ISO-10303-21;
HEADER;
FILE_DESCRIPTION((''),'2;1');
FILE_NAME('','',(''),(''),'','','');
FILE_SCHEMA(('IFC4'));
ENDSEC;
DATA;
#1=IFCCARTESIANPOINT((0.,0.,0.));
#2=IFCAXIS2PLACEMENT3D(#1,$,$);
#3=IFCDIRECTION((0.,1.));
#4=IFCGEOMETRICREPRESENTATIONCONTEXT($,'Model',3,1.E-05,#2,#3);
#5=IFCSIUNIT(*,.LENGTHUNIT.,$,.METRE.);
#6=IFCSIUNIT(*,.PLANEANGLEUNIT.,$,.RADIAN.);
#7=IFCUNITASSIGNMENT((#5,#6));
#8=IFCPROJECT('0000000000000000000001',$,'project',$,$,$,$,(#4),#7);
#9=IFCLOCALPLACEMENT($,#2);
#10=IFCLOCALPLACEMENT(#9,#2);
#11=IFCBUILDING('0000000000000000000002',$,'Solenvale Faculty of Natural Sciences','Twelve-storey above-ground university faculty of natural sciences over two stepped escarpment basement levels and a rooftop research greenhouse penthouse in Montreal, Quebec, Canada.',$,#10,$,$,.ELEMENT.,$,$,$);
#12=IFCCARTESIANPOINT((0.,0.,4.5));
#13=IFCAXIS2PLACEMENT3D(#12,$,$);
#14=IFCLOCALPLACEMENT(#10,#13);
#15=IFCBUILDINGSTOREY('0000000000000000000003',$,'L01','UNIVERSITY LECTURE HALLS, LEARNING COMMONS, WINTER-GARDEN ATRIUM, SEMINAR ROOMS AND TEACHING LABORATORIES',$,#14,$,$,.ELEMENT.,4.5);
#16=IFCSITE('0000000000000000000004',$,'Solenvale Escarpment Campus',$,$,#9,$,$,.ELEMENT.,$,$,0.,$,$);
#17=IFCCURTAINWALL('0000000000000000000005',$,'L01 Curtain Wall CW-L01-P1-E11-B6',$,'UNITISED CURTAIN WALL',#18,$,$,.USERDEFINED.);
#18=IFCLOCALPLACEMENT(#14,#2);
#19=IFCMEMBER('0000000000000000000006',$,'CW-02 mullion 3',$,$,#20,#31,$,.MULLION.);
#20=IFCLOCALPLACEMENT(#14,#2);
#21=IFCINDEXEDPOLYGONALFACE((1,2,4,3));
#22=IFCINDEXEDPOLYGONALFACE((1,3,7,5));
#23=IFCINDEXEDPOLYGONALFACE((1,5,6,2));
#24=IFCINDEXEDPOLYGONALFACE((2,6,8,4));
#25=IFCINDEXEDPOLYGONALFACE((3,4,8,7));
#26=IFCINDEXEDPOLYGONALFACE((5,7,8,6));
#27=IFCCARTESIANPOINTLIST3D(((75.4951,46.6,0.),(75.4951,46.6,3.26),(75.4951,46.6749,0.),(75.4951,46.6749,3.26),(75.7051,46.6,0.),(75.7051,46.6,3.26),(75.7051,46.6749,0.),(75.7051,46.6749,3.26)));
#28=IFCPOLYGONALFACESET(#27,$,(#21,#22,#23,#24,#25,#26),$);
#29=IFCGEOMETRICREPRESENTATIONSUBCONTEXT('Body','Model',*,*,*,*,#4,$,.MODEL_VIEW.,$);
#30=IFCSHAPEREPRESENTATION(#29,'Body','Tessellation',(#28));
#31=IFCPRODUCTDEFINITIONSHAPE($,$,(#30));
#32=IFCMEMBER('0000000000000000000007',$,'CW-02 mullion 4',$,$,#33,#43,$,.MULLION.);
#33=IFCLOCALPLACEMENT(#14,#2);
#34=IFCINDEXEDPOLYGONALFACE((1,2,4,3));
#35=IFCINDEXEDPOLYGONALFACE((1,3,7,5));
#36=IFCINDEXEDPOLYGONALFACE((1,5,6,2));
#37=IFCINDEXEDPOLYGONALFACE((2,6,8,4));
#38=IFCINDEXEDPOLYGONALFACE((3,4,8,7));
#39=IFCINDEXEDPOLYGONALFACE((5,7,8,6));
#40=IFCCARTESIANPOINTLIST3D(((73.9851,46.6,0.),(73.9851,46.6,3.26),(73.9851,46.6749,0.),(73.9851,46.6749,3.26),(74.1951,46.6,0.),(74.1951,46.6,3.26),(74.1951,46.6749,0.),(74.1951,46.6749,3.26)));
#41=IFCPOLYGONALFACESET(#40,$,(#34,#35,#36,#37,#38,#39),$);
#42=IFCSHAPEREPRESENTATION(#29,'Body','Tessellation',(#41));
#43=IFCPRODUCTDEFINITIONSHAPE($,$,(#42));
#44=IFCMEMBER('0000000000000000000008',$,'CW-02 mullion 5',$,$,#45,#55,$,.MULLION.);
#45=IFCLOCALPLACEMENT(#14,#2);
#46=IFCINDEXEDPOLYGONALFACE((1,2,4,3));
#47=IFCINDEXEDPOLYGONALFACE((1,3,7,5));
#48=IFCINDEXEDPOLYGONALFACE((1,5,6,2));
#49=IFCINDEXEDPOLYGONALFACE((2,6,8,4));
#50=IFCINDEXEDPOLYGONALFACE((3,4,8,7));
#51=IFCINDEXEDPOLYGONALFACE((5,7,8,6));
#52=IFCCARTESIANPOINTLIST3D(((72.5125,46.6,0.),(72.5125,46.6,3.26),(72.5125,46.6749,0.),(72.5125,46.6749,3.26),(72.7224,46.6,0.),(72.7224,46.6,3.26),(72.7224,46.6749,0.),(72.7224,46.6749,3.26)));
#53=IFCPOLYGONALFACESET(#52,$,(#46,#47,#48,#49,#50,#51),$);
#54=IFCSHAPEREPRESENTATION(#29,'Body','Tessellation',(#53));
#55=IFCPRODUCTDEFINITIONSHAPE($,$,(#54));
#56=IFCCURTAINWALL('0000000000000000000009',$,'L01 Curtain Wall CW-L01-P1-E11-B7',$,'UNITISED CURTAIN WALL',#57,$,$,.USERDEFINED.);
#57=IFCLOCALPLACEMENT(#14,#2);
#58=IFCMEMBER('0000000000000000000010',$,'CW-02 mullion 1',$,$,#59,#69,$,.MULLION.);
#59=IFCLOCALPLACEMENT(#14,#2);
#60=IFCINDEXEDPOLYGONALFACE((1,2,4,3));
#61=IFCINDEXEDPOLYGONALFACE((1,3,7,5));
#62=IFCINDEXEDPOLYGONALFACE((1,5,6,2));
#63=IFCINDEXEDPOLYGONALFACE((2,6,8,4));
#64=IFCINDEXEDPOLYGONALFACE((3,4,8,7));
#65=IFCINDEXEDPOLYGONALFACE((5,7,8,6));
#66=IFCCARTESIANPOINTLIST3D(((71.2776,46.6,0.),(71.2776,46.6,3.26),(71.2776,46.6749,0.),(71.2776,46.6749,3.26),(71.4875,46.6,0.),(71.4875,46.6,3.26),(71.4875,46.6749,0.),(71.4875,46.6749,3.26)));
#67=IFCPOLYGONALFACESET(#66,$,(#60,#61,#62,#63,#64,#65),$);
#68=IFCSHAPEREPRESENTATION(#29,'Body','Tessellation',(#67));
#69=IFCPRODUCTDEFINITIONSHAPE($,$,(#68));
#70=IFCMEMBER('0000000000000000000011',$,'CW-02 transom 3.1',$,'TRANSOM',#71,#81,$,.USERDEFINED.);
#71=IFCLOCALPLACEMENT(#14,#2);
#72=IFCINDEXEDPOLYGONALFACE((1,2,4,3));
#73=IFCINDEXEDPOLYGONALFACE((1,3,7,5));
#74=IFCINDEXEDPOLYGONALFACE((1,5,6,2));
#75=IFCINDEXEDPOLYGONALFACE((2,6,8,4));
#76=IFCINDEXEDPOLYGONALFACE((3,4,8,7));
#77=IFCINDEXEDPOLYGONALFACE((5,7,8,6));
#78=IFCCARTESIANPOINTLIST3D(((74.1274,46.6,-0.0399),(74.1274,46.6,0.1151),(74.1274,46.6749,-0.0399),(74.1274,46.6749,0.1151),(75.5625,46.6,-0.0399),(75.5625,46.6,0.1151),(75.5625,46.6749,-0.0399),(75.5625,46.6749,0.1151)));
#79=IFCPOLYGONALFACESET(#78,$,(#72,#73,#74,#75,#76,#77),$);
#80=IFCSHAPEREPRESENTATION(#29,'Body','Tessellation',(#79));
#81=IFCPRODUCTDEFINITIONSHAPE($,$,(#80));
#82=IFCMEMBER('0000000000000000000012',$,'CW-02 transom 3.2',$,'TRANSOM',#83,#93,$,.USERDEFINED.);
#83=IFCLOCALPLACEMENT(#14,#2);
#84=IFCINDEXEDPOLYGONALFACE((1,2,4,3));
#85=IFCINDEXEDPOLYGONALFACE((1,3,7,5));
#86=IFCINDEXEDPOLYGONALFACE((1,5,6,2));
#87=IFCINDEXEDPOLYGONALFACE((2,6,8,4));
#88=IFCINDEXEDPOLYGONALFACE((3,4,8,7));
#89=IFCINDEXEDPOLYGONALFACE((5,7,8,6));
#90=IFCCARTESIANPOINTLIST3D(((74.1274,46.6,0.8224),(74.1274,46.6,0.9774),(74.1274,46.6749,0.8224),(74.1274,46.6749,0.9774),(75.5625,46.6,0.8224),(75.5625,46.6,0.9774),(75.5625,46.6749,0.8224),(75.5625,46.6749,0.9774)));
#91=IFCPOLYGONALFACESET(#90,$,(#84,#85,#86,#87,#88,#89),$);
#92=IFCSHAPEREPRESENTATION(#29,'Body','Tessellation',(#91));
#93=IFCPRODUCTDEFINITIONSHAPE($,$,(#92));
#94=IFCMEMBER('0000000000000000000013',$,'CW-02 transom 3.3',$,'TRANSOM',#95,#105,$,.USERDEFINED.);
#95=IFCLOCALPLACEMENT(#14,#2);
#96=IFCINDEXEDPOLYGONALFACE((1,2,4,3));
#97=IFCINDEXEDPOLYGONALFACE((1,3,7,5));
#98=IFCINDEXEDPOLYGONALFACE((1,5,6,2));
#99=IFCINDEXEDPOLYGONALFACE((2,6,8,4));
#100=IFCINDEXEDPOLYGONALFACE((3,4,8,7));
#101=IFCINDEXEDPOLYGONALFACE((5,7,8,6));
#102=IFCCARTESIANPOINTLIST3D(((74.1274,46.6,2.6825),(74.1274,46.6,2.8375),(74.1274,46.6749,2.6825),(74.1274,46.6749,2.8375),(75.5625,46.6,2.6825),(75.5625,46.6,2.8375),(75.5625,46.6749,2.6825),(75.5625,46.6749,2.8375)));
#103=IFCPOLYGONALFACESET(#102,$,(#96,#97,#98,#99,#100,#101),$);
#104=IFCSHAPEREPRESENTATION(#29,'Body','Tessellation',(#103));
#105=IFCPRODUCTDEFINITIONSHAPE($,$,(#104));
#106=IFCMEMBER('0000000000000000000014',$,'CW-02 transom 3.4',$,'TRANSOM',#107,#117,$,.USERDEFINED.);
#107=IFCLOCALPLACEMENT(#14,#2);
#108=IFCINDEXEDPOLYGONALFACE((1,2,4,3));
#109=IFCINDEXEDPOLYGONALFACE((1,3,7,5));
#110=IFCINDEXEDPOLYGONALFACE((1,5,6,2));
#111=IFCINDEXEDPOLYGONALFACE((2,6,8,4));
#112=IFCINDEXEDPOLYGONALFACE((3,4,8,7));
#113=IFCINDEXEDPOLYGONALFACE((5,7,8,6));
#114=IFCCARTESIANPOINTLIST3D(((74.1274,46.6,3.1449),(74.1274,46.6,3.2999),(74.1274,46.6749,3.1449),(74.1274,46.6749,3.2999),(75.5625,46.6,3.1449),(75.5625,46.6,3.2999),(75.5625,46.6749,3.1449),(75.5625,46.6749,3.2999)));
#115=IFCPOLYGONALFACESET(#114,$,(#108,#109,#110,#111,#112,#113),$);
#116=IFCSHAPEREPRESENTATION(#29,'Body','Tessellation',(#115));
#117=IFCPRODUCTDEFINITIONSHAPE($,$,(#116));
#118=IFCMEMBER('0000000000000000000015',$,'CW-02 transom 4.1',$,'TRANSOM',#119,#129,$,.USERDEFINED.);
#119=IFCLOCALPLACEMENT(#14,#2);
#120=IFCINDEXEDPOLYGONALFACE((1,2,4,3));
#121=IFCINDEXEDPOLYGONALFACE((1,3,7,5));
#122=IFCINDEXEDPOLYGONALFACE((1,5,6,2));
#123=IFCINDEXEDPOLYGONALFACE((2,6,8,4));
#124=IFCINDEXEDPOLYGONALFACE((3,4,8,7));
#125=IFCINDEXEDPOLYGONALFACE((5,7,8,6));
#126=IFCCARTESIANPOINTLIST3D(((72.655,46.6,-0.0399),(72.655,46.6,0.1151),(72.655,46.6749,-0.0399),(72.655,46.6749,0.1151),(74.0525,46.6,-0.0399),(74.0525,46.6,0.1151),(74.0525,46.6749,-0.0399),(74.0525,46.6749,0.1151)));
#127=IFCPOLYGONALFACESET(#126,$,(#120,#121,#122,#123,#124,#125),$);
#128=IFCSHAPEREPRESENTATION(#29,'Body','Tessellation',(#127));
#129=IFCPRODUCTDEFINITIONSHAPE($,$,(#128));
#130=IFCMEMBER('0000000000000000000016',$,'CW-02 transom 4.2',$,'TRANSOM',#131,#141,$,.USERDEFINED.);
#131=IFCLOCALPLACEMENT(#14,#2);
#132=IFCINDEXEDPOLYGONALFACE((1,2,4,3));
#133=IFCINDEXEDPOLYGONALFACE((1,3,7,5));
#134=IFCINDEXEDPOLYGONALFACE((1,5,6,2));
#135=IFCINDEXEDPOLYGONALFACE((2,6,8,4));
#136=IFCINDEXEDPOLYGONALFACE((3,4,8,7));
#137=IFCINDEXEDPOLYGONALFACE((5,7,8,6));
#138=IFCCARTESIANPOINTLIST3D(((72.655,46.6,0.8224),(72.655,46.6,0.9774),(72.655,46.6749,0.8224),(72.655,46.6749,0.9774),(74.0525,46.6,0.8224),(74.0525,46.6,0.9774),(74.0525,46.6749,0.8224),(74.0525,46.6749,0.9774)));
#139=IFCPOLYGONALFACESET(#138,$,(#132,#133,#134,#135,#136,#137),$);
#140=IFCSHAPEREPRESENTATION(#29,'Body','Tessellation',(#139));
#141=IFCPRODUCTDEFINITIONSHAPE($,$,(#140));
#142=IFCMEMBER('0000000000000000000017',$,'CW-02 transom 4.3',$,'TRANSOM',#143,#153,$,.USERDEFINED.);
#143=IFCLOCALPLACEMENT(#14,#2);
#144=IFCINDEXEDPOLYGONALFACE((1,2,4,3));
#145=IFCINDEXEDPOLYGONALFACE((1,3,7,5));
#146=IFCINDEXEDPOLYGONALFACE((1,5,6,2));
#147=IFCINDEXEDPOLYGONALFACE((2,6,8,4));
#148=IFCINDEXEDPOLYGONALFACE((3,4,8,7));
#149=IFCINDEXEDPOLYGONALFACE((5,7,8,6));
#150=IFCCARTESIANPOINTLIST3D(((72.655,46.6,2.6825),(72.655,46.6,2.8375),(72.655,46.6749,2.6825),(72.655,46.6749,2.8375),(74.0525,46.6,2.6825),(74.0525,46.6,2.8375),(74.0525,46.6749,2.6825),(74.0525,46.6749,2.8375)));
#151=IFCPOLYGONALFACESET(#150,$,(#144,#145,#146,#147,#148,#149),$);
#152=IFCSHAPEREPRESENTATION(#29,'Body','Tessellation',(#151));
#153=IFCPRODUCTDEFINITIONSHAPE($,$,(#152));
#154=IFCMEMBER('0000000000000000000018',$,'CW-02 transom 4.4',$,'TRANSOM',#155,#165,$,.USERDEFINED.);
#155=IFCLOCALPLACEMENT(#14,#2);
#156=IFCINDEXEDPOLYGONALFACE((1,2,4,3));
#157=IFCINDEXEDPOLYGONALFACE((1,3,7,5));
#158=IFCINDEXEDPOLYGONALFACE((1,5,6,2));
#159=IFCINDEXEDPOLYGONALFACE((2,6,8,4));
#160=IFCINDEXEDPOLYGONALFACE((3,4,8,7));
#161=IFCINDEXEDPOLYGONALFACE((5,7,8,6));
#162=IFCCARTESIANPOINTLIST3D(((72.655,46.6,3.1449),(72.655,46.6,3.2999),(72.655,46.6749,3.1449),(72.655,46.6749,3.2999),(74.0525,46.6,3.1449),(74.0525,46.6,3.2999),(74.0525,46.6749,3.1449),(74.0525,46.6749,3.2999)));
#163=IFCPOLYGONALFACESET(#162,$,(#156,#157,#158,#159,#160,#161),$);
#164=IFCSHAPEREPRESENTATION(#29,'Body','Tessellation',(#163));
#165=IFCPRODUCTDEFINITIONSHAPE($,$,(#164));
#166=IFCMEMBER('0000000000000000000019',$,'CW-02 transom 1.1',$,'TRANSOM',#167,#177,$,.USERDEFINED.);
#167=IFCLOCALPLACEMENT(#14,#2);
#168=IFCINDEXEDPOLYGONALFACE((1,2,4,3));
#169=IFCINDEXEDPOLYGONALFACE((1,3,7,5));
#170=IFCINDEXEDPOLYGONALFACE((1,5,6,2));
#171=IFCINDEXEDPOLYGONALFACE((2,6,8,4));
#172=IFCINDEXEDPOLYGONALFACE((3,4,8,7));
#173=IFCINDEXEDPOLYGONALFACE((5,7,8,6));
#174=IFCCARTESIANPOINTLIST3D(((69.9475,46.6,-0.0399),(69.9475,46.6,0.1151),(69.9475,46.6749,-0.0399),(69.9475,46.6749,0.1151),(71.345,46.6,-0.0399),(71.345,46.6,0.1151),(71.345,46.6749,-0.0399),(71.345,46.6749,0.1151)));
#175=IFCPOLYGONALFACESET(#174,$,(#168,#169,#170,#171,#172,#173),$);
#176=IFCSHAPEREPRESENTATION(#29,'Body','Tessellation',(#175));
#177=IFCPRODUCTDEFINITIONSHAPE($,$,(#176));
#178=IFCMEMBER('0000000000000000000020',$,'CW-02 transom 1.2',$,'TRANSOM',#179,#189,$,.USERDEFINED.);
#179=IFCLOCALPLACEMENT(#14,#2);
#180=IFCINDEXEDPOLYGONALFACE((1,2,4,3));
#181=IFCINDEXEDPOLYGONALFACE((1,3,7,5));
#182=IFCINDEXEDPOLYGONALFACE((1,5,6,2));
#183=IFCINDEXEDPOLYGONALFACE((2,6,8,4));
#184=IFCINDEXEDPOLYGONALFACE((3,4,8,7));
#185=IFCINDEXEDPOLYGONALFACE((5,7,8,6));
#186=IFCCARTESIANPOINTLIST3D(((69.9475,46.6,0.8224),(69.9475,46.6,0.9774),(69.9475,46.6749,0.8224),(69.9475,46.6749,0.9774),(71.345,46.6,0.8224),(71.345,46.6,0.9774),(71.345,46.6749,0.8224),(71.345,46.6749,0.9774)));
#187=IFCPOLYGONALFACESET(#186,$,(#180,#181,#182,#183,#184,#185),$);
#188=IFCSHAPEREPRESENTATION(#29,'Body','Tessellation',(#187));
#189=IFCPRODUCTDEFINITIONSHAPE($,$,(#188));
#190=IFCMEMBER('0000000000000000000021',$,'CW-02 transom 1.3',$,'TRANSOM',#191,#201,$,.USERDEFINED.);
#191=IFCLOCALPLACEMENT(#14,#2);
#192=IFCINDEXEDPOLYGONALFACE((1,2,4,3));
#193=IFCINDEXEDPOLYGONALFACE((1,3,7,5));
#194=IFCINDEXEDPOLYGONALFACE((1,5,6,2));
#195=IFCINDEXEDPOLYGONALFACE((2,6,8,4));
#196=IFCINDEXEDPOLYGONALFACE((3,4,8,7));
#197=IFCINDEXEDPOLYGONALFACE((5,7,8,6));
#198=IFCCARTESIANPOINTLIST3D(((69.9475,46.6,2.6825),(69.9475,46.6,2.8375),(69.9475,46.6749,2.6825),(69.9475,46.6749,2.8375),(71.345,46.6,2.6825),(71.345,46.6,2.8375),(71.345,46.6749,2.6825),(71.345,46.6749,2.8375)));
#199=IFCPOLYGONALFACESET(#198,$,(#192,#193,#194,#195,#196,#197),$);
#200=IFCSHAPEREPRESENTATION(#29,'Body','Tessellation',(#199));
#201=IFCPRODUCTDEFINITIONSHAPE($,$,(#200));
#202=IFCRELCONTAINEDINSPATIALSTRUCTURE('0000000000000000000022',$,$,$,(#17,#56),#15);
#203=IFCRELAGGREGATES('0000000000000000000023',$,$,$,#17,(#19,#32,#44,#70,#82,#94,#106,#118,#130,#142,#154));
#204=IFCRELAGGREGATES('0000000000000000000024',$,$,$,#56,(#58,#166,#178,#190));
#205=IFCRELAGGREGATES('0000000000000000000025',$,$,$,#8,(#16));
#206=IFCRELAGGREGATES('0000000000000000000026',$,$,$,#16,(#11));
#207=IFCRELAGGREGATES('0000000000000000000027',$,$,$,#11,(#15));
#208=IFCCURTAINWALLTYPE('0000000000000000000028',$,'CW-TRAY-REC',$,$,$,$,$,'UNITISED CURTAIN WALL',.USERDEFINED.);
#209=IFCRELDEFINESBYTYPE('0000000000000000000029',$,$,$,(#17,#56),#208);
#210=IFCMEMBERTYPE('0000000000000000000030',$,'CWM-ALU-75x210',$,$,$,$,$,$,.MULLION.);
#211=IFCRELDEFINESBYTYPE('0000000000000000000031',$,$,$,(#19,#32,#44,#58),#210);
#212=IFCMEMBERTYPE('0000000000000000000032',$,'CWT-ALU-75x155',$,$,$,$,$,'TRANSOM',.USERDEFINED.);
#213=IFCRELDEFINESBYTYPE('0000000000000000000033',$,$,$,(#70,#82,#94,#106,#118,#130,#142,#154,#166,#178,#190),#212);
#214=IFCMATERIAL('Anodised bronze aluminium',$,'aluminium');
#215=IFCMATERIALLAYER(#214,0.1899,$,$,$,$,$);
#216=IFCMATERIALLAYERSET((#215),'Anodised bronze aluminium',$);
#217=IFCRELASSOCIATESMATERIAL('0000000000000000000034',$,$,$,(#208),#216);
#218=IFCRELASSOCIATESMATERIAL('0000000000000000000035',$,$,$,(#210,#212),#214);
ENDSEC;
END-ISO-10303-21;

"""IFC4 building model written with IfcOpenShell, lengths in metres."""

from ifc_helpers import new_model, si_unit, direction, frame, origin, origin_2d, place, context, subcontext, project, spatial, rectangle, extrude, material, layer, layer_set, material_profile, profile_set, type_object, element, aggregate, save


model = new_model("IFC4")

# Units and contexts
model_context = context("Model", 3, precision=1e-05, world=origin(), true_north=direction((0.0, 1.0)))
body_context = subcontext(model_context, "Body", "Model", "MODEL_VIEW")
ifc_project = project(units=[si_unit("LENGTHUNIT", "METRE"), si_unit("PLANEANGLEUNIT", "RADIAN")], contexts=[model_context])

# Site, building, storey
site_placement = place(None, origin())
site = spatial("IfcSite", under=ifc_project, at=site_placement, Name="Solenvale Escarpment Campus", CompositionType="ELEMENT", RefElevation=0.0)
building_placement = place(site_placement, origin())
building = spatial("IfcBuilding", under=site, at=building_placement, Name="Solenvale Faculty of Natural Sciences", Description="Twelve-storey above-ground university faculty of natural sciences over two stepped escarpment basement levels and a rooftop research greenhouse penthouse in Montreal, Quebec, Canada.", CompositionType="ELEMENT")
storey_placement = place(building_placement, frame((0.0, 0.0, 4.5)))
storey = spatial("IfcBuildingStorey", under=building, at=storey_placement, Name="L01", Description="UNIVERSITY LECTURE HALLS, LEARNING COMMONS, WINTER-GARDEN ATRIUM, SEMINAR ROOMS AND TEACHING LABORATORIES", CompositionType="ELEMENT", Elevation=4.5)

# Curtain wall, members
ifc_material_1 = material(Name="Anodised bronze aluminium", Category="aluminium")
ifc_layer_1 = layer(ifc_material_1, 0.1899)
ifc_layer_set_1 = layer_set([ifc_layer_1], Name="Anodised bronze aluminium")
curtain_wall_type = type_object("IfcCurtainWallType", Name="CW-TRAY-REC", ElementType="UNITISED CURTAIN WALL", PredefinedType="USERDEFINED", material=ifc_layer_set_1)
curtain_wall_1_placement = place(storey_placement, origin())
curtain_wall_1 = element("IfcCurtainWall", 1, at=curtain_wall_1_placement, inside=storey, type_object=curtain_wall_type, Name="L01 Curtain Wall CW-L01-P1-E11-B6", ObjectType="UNITISED CURTAIN WALL", PredefinedType="USERDEFINED")
ifc_material_profile_1 = material_profile(ifc_material_1, rectangle(XDim=0.075, YDim=0.21, at=origin_2d()), Name="ALU-MUL-75x210")
ifc_profile_set_1 = profile_set([ifc_material_profile_1], Name="Anodised bronze aluminium")
member_type_1 = type_object("IfcMemberType", Name="CWM-ALU-75x210", PredefinedType="MULLION", material=ifc_profile_set_1)
member_1_placement = place(storey_placement, frame((75.6001, 46.6375, 0.0), z_axis=(0.0, 0.0, 1.0), x_axis=(0.0, -1.0, 0.0)))
member_1 = element("IfcMember", 2, at=member_1_placement, type_object=member_type_1, Name="CW-02 mullion 3", PredefinedType="MULLION", context=body_context, shape_type="SweptSolid", body=[
    extrude(rectangle(XDim=0.075, YDim=0.21, at=origin_2d()), origin(), (0.0, 0.0, 1.0), 3.26),
])
member_2_placement = place(storey_placement, frame((74.0901, 46.6375, 0.0), z_axis=(0.0, 0.0, 1.0), x_axis=(0.0, -1.0, 0.0)))
member_2 = element("IfcMember", 3, at=member_2_placement, type_object=member_type_1, Name="CW-02 mullion 4", PredefinedType="MULLION", context=body_context, shape_type="SweptSolid", body=[
    extrude(rectangle(XDim=0.075, YDim=0.21, at=origin_2d()), origin(), (0.0, 0.0, 1.0), 3.26),
])
member_3_placement = place(storey_placement, frame((72.6174, 46.6375, 0.0), z_axis=(0.0, 0.0, 1.0), x_axis=(0.0, -1.0, 0.0)))
member_3 = element("IfcMember", 4, at=member_3_placement, type_object=member_type_1, Name="CW-02 mullion 5", PredefinedType="MULLION", context=body_context, shape_type="SweptSolid", body=[
    extrude(rectangle(XDim=0.075, YDim=0.21, at=origin_2d()), origin(), (0.0, 0.0, 1.0), 3.26),
])

# Curtain wall, member
curtain_wall_2_placement = place(storey_placement, origin())
curtain_wall_2 = element("IfcCurtainWall", 5, at=curtain_wall_2_placement, inside=storey, type_object=curtain_wall_type, Name="L01 Curtain Wall CW-L01-P1-E11-B7", ObjectType="UNITISED CURTAIN WALL", PredefinedType="USERDEFINED")
member_4_placement = place(storey_placement, frame((71.3826, 46.6375, 0.0), z_axis=(0.0, 0.0, 1.0), x_axis=(0.0, -1.0, 0.0)))
member_4 = element("IfcMember", 6, at=member_4_placement, type_object=member_type_1, Name="CW-02 mullion 1", PredefinedType="MULLION", context=body_context, shape_type="SweptSolid", body=[
    extrude(rectangle(XDim=0.075, YDim=0.21, at=origin_2d()), origin(), (0.0, 0.0, 1.0), 3.26),
])

# Members
ifc_material_profile_2 = material_profile(ifc_material_1, rectangle(XDim=0.075, YDim=0.155, at=origin_2d()), Name="ALU-TRN-75x155")
ifc_profile_set_2 = profile_set([ifc_material_profile_2], Name="Anodised bronze aluminium")
member_type_2 = type_object("IfcMemberType", Name="CWT-ALU-75x155", ElementType="TRANSOM", PredefinedType="USERDEFINED", material=ifc_profile_set_2)
member_5_placement = place(storey_placement, frame((75.5625, 46.6375, 0.0376), z_axis=(-1.0, 0.0, 0.0), x_axis=(0.0, -1.0, 0.0)))
member_5 = element("IfcMember", 7, at=member_5_placement, type_object=member_type_2, Name="CW-02 transom 3.1", ObjectType="TRANSOM", PredefinedType="USERDEFINED", context=body_context, shape_type="SweptSolid", body=[
    extrude(rectangle(XDim=0.075, YDim=0.155, at=origin_2d()), origin(), (0.0, 0.0, 1.0), 1.4351),
])
member_6_placement = place(storey_placement, frame((75.5625, 46.6375, 0.8999), z_axis=(-1.0, 0.0, 0.0), x_axis=(0.0, -1.0, 0.0)))
member_6 = element("IfcMember", 8, at=member_6_placement, type_object=member_type_2, Name="CW-02 transom 3.2", ObjectType="TRANSOM", PredefinedType="USERDEFINED", context=body_context, shape_type="SweptSolid", body=[
    extrude(rectangle(XDim=0.075, YDim=0.155, at=origin_2d()), origin(), (0.0, 0.0, 1.0), 1.4351),
])
member_7_placement = place(storey_placement, frame((75.5625, 46.6375, 2.76), z_axis=(-1.0, 0.0, 0.0), x_axis=(0.0, -1.0, 0.0)))
member_7 = element("IfcMember", 9, at=member_7_placement, type_object=member_type_2, Name="CW-02 transom 3.3", ObjectType="TRANSOM", PredefinedType="USERDEFINED", context=body_context, shape_type="SweptSolid", body=[
    extrude(rectangle(XDim=0.075, YDim=0.155, at=origin_2d()), origin(), (0.0, 0.0, 1.0), 1.4351),
])
member_8_placement = place(storey_placement, frame((75.5625, 46.6375, 3.2224), z_axis=(-1.0, 0.0, 0.0), x_axis=(0.0, -1.0, 0.0)))
member_8 = element("IfcMember", 10, at=member_8_placement, type_object=member_type_2, Name="CW-02 transom 3.4", ObjectType="TRANSOM", PredefinedType="USERDEFINED", context=body_context, shape_type="SweptSolid", body=[
    extrude(rectangle(XDim=0.075, YDim=0.155, at=origin_2d()), origin(), (0.0, 0.0, 1.0), 1.4351),
])
member_9_placement = place(storey_placement, frame((74.0525, 46.6375, 0.0376), z_axis=(-1.0, 0.0, 0.0), x_axis=(0.0, -1.0, 0.0)))
member_9 = element("IfcMember", 11, at=member_9_placement, type_object=member_type_2, Name="CW-02 transom 4.1", ObjectType="TRANSOM", PredefinedType="USERDEFINED", context=body_context, shape_type="SweptSolid", body=[
    extrude(rectangle(XDim=0.075, YDim=0.155, at=origin_2d()), origin(), (0.0, 0.0, 1.0), 1.3975),
])
member_10_placement = place(storey_placement, frame((74.0525, 46.6375, 0.8999), z_axis=(-1.0, 0.0, 0.0), x_axis=(0.0, -1.0, 0.0)))
member_10 = element("IfcMember", 12, at=member_10_placement, type_object=member_type_2, Name="CW-02 transom 4.2", ObjectType="TRANSOM", PredefinedType="USERDEFINED", context=body_context, shape_type="SweptSolid", body=[
    extrude(rectangle(XDim=0.075, YDim=0.155, at=origin_2d()), origin(), (0.0, 0.0, 1.0), 1.3975),
])
member_11_placement = place(storey_placement, frame((74.0525, 46.6375, 2.76), z_axis=(-1.0, 0.0, 0.0), x_axis=(0.0, -1.0, 0.0)))
member_11 = element("IfcMember", 13, at=member_11_placement, type_object=member_type_2, Name="CW-02 transom 4.3", ObjectType="TRANSOM", PredefinedType="USERDEFINED", context=body_context, shape_type="SweptSolid", body=[
    extrude(rectangle(XDim=0.075, YDim=0.155, at=origin_2d()), origin(), (0.0, 0.0, 1.0), 1.3975),
])
member_12_placement = place(storey_placement, frame((74.0525, 46.6375, 3.2224), z_axis=(-1.0, 0.0, 0.0), x_axis=(0.0, -1.0, 0.0)))
member_12 = element("IfcMember", 14, at=member_12_placement, type_object=member_type_2, Name="CW-02 transom 4.4", ObjectType="TRANSOM", PredefinedType="USERDEFINED", context=body_context, shape_type="SweptSolid", body=[
    extrude(rectangle(XDim=0.075, YDim=0.155, at=origin_2d()), origin(), (0.0, 0.0, 1.0), 1.3975),
])
member_13_placement = place(storey_placement, frame((71.345, 46.6375, 0.0376), z_axis=(-1.0, 0.0, 0.0), x_axis=(0.0, -1.0, 0.0)))
member_13 = element("IfcMember", 15, at=member_13_placement, type_object=member_type_2, Name="CW-02 transom 1.1", ObjectType="TRANSOM", PredefinedType="USERDEFINED", context=body_context, shape_type="SweptSolid", body=[
    extrude(rectangle(XDim=0.075, YDim=0.155, at=origin_2d()), origin(), (0.0, 0.0, 1.0), 1.3975),
])
member_14_placement = place(storey_placement, frame((71.345, 46.6375, 0.8999), z_axis=(-1.0, 0.0, 0.0), x_axis=(0.0, -1.0, 0.0)))
member_14 = element("IfcMember", 16, at=member_14_placement, type_object=member_type_2, Name="CW-02 transom 1.2", ObjectType="TRANSOM", PredefinedType="USERDEFINED", context=body_context, shape_type="SweptSolid", body=[
    extrude(rectangle(XDim=0.075, YDim=0.155, at=origin_2d()), origin(), (0.0, 0.0, 1.0), 1.3975),
])
member_15_placement = place(storey_placement, frame((71.345, 46.6375, 2.76), z_axis=(-1.0, 0.0, 0.0), x_axis=(0.0, -1.0, 0.0)))
member_15 = element("IfcMember", 17, at=member_15_placement, type_object=member_type_2, Name="CW-02 transom 1.3", ObjectType="TRANSOM", PredefinedType="USERDEFINED", context=body_context, shape_type="SweptSolid", body=[
    extrude(rectangle(XDim=0.075, YDim=0.155, at=origin_2d()), origin(), (0.0, 0.0, 1.0), 1.3975),
])

aggregate(curtain_wall_1, [member_1, member_2, member_3, member_5, member_6, member_7, member_8, member_9, member_10, member_11, member_12])
aggregate(curtain_wall_2, [member_4, member_13, member_14, member_15])

save(model, "model.ifc")
